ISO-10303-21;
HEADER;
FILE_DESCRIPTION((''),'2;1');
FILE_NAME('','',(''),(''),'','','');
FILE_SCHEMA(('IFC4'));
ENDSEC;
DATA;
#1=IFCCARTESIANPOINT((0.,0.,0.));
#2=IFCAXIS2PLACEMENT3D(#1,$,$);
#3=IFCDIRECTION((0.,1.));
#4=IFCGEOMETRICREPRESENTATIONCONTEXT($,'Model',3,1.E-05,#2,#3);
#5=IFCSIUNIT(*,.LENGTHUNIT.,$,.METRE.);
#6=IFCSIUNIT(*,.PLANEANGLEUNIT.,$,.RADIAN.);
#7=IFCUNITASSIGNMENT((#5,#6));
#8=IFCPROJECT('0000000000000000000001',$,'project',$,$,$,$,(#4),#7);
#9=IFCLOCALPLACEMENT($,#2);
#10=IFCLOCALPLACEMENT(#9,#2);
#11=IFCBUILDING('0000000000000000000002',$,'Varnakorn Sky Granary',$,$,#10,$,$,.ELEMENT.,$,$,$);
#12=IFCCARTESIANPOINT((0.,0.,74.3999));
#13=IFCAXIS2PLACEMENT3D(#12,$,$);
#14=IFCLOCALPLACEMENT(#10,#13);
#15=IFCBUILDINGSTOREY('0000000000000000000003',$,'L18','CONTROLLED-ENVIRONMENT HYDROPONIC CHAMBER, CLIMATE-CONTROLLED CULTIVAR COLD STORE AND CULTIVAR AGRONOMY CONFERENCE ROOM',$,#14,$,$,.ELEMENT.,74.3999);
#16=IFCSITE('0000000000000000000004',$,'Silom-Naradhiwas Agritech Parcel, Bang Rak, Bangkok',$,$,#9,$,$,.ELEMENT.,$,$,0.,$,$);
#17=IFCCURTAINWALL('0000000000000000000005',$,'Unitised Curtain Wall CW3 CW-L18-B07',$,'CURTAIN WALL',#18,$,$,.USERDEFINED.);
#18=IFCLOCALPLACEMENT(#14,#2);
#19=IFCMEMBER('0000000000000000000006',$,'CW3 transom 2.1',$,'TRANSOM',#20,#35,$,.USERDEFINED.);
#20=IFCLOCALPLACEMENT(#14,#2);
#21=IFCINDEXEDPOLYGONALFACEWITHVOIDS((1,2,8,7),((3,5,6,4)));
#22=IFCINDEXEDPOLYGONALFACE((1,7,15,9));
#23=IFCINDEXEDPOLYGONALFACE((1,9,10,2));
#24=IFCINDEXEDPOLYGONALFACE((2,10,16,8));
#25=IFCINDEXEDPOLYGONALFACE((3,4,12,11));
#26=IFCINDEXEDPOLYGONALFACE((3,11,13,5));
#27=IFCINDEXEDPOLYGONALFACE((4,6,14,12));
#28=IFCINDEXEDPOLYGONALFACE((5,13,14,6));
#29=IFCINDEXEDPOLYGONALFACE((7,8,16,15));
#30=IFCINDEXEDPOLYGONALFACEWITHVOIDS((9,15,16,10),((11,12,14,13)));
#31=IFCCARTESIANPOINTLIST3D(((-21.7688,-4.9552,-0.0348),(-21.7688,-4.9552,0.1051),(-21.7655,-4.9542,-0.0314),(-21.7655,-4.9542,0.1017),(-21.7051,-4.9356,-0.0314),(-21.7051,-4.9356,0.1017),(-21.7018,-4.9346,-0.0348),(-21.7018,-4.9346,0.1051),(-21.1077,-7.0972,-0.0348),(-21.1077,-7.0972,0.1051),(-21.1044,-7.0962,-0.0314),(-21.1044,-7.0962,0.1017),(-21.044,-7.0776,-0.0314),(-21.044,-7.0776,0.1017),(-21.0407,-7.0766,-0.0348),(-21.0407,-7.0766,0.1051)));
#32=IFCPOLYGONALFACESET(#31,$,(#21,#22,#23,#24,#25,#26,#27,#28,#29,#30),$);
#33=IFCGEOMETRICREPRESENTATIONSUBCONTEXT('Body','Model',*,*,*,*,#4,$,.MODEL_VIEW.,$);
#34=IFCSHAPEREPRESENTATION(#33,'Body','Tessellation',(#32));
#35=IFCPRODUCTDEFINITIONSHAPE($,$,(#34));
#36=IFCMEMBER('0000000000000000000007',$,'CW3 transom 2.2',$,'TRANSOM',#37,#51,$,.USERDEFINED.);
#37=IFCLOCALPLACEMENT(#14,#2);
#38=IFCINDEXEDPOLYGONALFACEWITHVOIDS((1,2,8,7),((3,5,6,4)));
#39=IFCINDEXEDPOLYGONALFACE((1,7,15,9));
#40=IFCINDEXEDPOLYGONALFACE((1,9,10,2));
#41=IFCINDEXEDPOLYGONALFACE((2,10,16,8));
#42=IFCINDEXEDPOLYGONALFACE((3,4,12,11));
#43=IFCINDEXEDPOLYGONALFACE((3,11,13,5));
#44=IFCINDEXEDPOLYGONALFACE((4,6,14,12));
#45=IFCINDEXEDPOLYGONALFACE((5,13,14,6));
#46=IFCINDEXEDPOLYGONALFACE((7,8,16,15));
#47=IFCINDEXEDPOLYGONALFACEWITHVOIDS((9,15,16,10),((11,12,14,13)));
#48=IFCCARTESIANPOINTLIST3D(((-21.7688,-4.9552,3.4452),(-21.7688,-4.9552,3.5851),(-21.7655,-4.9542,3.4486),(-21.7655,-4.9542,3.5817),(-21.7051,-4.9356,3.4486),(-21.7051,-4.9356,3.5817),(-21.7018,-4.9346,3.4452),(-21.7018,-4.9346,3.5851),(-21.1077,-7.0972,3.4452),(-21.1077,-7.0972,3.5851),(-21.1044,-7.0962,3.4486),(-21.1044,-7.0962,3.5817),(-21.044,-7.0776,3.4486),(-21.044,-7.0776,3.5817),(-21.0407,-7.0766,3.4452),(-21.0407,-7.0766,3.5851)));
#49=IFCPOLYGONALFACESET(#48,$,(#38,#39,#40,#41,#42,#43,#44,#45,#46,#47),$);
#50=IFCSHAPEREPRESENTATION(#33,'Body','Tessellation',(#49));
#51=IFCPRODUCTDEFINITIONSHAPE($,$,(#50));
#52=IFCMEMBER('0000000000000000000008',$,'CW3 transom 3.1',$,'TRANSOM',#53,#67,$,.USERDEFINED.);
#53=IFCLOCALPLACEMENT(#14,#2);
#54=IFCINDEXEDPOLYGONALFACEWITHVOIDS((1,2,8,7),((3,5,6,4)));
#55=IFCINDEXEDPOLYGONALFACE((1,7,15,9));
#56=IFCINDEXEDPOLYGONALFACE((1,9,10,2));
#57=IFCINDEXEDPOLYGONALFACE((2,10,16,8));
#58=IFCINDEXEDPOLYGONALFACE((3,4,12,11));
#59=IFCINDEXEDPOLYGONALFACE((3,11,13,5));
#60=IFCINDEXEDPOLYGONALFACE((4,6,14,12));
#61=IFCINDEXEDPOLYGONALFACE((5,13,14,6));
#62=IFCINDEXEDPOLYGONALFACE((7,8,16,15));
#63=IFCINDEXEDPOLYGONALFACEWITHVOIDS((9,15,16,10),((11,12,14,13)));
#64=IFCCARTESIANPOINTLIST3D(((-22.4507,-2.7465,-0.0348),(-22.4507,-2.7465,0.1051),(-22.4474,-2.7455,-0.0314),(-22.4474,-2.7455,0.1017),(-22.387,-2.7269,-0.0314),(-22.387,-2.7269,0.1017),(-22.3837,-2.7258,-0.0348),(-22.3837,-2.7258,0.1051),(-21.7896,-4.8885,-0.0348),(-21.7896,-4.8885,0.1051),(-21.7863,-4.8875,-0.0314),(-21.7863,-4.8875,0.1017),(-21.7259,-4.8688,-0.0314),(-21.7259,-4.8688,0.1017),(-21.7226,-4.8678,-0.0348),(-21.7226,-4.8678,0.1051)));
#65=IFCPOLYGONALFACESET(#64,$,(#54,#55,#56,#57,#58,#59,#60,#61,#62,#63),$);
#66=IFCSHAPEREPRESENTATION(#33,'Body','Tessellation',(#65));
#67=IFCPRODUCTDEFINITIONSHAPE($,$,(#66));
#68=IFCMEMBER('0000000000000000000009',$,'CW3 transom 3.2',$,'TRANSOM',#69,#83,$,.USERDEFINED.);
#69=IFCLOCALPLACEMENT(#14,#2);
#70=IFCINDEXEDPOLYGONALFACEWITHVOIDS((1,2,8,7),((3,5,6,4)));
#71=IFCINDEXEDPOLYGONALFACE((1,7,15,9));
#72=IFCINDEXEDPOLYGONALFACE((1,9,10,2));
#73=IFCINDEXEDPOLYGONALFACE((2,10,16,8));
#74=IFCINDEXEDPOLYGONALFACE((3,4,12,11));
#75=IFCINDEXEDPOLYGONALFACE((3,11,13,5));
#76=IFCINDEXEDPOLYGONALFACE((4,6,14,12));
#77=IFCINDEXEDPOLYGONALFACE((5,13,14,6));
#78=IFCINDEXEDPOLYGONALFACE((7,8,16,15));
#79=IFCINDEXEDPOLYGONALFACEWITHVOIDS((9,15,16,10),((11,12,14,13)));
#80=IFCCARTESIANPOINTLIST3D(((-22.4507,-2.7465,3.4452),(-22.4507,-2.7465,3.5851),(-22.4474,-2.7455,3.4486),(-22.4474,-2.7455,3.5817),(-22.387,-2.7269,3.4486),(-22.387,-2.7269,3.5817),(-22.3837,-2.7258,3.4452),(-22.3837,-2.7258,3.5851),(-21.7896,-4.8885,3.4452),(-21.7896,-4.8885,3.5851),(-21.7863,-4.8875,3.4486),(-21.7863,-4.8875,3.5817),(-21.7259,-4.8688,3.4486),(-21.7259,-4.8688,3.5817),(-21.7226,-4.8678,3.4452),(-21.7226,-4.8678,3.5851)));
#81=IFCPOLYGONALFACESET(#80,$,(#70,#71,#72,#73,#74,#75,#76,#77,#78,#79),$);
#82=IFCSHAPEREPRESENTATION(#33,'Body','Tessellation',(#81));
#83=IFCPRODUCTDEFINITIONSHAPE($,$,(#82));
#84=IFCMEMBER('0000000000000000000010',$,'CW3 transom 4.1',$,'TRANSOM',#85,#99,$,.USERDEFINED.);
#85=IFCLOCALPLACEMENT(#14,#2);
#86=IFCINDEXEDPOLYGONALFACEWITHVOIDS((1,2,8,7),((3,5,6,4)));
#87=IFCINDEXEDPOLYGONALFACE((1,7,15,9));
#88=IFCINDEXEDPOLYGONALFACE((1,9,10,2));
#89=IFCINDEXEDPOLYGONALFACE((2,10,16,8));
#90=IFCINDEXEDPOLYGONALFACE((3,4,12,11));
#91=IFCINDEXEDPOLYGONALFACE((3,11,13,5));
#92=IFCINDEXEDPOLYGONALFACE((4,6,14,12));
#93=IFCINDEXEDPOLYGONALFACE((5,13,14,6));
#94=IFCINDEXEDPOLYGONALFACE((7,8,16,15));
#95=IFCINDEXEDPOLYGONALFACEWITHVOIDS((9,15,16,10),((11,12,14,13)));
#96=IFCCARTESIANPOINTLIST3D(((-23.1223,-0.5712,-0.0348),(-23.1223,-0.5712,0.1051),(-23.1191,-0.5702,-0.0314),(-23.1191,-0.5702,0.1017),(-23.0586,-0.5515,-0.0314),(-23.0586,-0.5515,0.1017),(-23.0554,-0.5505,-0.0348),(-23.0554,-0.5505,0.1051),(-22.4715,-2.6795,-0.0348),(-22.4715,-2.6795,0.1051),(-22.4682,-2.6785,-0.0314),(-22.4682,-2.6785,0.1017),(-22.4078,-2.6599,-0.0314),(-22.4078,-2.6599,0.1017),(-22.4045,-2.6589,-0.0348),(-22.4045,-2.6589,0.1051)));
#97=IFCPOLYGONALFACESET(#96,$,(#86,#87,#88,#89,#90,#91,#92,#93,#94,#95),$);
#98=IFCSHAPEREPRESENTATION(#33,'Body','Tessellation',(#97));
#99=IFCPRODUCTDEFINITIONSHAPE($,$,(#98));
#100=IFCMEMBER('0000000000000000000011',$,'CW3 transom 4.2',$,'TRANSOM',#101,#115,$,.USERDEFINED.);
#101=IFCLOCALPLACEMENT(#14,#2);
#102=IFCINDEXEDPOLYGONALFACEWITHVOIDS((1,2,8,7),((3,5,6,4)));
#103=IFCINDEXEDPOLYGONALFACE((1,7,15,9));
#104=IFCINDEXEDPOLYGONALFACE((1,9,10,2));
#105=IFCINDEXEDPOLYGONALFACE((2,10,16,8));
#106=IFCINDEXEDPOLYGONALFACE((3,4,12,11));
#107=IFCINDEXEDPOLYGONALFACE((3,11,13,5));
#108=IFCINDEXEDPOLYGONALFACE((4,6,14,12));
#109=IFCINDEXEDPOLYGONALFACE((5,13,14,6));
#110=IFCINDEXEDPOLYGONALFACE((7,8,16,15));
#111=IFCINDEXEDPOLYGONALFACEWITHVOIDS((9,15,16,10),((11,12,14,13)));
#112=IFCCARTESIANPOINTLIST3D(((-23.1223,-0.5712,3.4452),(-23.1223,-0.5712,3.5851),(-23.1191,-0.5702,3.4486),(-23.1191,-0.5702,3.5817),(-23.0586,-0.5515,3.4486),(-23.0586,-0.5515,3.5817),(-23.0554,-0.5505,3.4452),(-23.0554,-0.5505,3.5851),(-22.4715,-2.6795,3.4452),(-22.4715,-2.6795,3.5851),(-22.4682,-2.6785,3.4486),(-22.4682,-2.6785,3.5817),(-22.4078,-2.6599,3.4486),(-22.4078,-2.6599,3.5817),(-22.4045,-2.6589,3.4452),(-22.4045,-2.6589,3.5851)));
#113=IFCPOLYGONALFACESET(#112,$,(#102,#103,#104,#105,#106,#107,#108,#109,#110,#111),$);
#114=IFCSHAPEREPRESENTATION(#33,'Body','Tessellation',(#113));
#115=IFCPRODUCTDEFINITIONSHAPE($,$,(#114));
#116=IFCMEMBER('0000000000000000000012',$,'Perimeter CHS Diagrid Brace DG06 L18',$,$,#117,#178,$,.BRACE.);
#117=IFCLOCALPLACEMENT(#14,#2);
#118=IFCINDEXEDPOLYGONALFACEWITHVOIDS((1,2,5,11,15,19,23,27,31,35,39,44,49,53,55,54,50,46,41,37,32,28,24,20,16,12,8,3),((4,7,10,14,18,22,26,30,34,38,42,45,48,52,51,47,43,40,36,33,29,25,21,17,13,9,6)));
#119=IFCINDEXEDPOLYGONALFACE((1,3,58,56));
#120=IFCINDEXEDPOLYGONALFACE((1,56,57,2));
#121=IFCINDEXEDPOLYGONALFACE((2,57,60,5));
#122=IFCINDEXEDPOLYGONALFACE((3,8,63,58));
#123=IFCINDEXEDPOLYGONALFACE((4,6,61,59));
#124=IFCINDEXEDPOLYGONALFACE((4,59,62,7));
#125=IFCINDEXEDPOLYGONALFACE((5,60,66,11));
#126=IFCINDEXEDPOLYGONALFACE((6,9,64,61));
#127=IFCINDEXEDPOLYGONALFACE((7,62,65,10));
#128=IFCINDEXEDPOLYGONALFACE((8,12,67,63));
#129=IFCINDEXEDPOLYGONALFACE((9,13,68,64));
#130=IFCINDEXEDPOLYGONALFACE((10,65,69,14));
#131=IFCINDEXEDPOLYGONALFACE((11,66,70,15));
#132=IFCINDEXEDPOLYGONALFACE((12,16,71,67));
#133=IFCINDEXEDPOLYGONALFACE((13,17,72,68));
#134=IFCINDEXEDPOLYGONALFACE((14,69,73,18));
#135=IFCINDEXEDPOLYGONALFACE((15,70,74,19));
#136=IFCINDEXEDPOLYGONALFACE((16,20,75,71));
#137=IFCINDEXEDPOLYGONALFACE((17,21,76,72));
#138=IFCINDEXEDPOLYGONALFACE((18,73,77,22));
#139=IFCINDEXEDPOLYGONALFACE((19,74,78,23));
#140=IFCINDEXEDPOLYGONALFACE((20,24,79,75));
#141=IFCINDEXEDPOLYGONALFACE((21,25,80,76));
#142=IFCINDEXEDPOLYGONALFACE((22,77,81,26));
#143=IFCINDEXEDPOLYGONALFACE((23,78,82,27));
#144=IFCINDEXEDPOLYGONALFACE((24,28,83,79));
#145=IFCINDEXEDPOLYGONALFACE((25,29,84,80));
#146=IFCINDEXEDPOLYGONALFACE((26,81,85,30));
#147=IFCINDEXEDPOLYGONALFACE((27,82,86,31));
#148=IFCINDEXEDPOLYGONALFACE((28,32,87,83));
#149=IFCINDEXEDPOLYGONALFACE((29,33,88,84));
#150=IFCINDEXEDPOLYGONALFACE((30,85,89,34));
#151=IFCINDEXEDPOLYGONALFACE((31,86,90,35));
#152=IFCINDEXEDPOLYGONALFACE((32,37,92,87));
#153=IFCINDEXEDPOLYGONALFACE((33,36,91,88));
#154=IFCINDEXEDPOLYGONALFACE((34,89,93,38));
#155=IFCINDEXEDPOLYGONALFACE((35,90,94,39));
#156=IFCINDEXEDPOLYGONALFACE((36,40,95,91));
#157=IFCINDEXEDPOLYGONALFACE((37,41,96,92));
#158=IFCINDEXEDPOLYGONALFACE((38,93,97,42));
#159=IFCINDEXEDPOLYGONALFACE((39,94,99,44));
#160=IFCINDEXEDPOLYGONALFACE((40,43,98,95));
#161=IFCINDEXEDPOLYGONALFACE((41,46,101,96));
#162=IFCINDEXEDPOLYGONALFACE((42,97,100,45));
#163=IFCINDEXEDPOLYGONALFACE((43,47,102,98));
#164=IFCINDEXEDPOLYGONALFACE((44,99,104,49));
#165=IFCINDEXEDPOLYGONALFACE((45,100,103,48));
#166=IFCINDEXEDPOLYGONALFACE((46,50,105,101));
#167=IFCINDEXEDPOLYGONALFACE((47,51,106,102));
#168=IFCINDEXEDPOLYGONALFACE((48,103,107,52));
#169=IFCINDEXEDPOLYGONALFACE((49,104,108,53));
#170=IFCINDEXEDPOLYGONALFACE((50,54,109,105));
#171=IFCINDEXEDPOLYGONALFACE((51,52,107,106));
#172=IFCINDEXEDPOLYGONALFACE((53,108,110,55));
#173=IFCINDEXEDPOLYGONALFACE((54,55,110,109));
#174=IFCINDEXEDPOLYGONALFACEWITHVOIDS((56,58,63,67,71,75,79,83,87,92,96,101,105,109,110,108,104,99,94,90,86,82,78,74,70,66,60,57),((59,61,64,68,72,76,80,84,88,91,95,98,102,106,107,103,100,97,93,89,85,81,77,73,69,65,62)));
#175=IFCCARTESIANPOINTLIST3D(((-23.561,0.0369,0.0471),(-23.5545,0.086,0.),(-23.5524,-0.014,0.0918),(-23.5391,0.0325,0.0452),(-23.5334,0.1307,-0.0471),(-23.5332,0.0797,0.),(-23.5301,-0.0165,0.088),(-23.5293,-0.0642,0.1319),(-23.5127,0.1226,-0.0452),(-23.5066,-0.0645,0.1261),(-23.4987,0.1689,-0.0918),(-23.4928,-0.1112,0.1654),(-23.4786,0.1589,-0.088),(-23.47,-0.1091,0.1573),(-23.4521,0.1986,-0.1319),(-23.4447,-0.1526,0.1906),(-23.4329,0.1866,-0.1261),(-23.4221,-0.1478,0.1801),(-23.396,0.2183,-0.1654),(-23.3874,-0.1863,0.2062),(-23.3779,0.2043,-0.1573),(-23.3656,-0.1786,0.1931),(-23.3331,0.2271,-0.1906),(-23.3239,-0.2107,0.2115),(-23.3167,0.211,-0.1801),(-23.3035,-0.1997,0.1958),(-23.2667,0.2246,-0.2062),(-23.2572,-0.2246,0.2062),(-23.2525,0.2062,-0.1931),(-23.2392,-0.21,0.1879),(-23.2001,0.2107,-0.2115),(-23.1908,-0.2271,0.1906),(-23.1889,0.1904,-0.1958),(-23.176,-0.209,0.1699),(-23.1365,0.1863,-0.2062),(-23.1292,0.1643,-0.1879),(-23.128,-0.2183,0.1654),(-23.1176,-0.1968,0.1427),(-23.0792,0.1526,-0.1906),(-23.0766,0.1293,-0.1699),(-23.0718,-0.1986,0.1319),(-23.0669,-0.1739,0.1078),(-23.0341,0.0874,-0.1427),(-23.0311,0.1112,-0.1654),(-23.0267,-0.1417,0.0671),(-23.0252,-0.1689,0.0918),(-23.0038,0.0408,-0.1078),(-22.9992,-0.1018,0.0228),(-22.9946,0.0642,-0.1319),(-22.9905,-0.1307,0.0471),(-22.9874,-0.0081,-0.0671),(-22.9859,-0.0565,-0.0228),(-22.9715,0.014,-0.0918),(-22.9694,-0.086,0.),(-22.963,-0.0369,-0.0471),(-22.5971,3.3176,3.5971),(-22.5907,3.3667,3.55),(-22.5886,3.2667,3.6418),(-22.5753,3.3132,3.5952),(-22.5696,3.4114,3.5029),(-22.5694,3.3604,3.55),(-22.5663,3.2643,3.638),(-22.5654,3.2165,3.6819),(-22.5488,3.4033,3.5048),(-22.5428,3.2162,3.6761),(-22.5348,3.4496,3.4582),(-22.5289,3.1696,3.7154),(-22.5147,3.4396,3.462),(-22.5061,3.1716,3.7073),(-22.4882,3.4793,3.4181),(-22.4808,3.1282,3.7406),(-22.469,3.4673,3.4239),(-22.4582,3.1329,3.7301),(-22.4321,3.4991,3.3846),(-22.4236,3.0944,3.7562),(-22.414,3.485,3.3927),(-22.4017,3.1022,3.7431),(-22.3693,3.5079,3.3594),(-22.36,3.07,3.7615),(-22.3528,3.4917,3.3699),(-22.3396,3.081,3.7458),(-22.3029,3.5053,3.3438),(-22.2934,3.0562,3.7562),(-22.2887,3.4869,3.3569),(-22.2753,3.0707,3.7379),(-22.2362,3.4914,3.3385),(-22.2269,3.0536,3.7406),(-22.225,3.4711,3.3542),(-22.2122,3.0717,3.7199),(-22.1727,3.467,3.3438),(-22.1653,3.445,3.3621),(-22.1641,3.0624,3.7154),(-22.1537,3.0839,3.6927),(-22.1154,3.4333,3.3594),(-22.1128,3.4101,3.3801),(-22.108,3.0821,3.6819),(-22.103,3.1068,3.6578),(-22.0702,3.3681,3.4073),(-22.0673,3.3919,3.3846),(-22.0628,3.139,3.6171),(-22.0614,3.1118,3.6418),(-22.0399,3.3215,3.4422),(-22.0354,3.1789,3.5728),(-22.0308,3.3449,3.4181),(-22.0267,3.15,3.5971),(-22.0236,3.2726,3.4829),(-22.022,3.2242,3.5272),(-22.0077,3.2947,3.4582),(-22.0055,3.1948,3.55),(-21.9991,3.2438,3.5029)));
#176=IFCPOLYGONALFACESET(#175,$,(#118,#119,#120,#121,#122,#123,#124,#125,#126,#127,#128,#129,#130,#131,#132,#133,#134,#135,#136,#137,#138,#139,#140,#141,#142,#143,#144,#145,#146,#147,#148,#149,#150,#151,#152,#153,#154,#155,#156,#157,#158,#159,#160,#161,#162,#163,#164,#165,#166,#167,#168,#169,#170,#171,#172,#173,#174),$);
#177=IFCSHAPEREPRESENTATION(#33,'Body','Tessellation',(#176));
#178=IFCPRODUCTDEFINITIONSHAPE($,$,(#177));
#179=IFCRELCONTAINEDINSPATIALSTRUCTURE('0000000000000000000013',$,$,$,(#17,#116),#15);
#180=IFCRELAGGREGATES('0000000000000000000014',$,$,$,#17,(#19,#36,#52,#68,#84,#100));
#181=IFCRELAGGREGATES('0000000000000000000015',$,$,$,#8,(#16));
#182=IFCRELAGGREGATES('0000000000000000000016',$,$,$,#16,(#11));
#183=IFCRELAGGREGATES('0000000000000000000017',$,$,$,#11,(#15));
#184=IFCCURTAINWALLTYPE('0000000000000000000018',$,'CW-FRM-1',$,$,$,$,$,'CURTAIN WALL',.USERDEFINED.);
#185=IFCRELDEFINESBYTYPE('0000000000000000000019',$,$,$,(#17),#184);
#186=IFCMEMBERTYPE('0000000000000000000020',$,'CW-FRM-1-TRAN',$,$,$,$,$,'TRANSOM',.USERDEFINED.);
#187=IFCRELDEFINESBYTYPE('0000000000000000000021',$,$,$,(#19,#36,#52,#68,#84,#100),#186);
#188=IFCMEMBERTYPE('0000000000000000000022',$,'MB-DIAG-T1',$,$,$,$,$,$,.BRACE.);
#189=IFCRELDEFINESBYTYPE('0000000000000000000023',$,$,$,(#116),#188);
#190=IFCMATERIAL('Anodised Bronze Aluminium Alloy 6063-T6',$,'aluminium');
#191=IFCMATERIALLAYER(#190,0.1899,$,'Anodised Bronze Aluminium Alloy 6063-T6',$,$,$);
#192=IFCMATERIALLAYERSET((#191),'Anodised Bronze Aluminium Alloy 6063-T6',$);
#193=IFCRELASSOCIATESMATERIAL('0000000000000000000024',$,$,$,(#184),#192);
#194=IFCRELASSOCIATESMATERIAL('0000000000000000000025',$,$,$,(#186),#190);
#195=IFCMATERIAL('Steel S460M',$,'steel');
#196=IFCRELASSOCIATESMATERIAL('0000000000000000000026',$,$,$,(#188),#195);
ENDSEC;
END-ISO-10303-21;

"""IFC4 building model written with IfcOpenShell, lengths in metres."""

from ifc_helpers import new_model, si_unit, direction, frame, origin, origin_2d, place, context, subcontext, project, spatial, hollow_rectangle, hollow_circle, extrude, material, layer, layer_set, material_profile, profile_set, type_object, element, aggregate, save


model = new_model("IFC4")

# Units and contexts
model_context = context("Model", 3, precision=1e-05, world=origin(), true_north=direction((0.0, 1.0)))
body_context = subcontext(model_context, "Body", "Model", "MODEL_VIEW")
ifc_project = project(units=[si_unit("LENGTHUNIT", "METRE"), si_unit("PLANEANGLEUNIT", "RADIAN")], contexts=[model_context])

# Site, building, storey
site_placement = place(None, origin())
site = spatial("IfcSite", under=ifc_project, at=site_placement, Name="Silom-Naradhiwas Agritech Parcel, Bang Rak, Bangkok", CompositionType="ELEMENT", RefElevation=0.0)
building_placement = place(site_placement, origin())
building = spatial("IfcBuilding", under=site, at=building_placement, Name="Varnakorn Sky Granary", CompositionType="ELEMENT")
storey_placement = place(building_placement, frame((0.0, 0.0, 74.3999)))
storey = spatial("IfcBuildingStorey", under=building, at=storey_placement, Name="L18", Description="CONTROLLED-ENVIRONMENT HYDROPONIC CHAMBER, CLIMATE-CONTROLLED CULTIVAR COLD STORE AND CULTIVAR AGRONOMY CONFERENCE ROOM", CompositionType="ELEMENT", Elevation=74.3999)

# Shared definitions
ifc_material_1 = material(Name="Steel S460M", Category="steel")

# Curtain wall, members
ifc_material_2 = material(Name="Anodised Bronze Aluminium Alloy 6063-T6", Category="aluminium")
ifc_layer_1 = layer(ifc_material_2, 0.1899, Name="Anodised Bronze Aluminium Alloy 6063-T6")
ifc_layer_set_1 = layer_set([ifc_layer_1], Name="Anodised Bronze Aluminium Alloy 6063-T6")
curtain_wall_type = type_object("IfcCurtainWallType", Name="CW-FRM-1", ElementType="CURTAIN WALL", PredefinedType="USERDEFINED", material=ifc_layer_set_1)
curtain_wall_placement = place(storey_placement, origin())
curtain_wall = element("IfcCurtainWall", 1, at=curtain_wall_placement, inside=storey, type_object=curtain_wall_type, Name="Unitised Curtain Wall CW3 CW-L18-B07", ObjectType="CURTAIN WALL", PredefinedType="USERDEFINED")
ifc_material_profile_1 = material_profile(ifc_material_2, hollow_rectangle(XDim=0.0701, YDim=0.1399, WallThickness=0.0034, at=origin_2d()), Name="ALU TRAN 70x140")
ifc_profile_set_1 = profile_set([ifc_material_profile_1], Name="Anodised Bronze Aluminium Alloy 6063-T6")
member_type_1 = type_object("IfcMemberType", Name="CW-FRM-1-TRAN", ElementType="TRANSOM", PredefinedType="USERDEFINED", material=ifc_profile_set_1)
member_1_placement = place(storey_placement, frame((-21.0742, -7.0869, 0.0352), z_axis=(-0.294912, 0.955524, 0.0), x_axis=(-0.955524, -0.294912, 0.0)))
member_1 = element("IfcMember", 2, at=member_1_placement, type_object=member_type_1, Name="CW3 transom 2.1", ObjectType="TRANSOM", PredefinedType="USERDEFINED", context=body_context, shape_type="SweptSolid", body=[
    extrude(hollow_rectangle(XDim=0.0701, YDim=0.1399, WallThickness=0.0034, at=origin_2d()), origin(), (0.0, 0.0, 1.0), 2.2417),
])
member_2_placement = place(storey_placement, frame((-21.0742, -7.0869, 3.5151), z_axis=(-0.294912, 0.955524, 0.0), x_axis=(-0.955524, -0.294912, 0.0)))
member_2 = element("IfcMember", 3, at=member_2_placement, type_object=member_type_1, Name="CW3 transom 2.2", ObjectType="TRANSOM", PredefinedType="USERDEFINED", context=body_context, shape_type="SweptSolid", body=[
    extrude(hollow_rectangle(XDim=0.0701, YDim=0.1399, WallThickness=0.0034, at=origin_2d()), origin(), (0.0, 0.0, 1.0), 2.2417),
])
member_3_placement = place(storey_placement, frame((-21.7561, -4.8782, 0.0352), z_axis=(-0.294912, 0.955524, 0.0), x_axis=(-0.955524, -0.294912, 0.0)))
member_3 = element("IfcMember", 4, at=member_3_placement, type_object=member_type_1, Name="CW3 transom 3.1", ObjectType="TRANSOM", PredefinedType="USERDEFINED", context=body_context, shape_type="SweptSolid", body=[
    extrude(hollow_rectangle(XDim=0.0701, YDim=0.1399, WallThickness=0.0034, at=origin_2d()), origin(), (0.0, 0.0, 1.0), 2.2417),
])
member_4_placement = place(storey_placement, frame((-21.7561, -4.8782, 3.5151), z_axis=(-0.294912, 0.955524, 0.0), x_axis=(-0.955524, -0.294912, 0.0)))
member_4 = element("IfcMember", 5, at=member_4_placement, type_object=member_type_1, Name="CW3 transom 3.2", ObjectType="TRANSOM", PredefinedType="USERDEFINED", context=body_context, shape_type="SweptSolid", body=[
    extrude(hollow_rectangle(XDim=0.0701, YDim=0.1399, WallThickness=0.0034, at=origin_2d()), origin(), (0.0, 0.0, 1.0), 2.2417),
])
member_5_placement = place(storey_placement, frame((-22.438, -2.6692, 0.0352), z_axis=(-0.294972, 0.955506, 0.0), x_axis=(-0.955506, -0.294972, 0.0)))
member_5 = element("IfcMember", 6, at=member_5_placement, type_object=member_type_1, Name="CW3 transom 4.1", ObjectType="TRANSOM", PredefinedType="USERDEFINED", context=body_context, shape_type="SweptSolid", body=[
    extrude(hollow_rectangle(XDim=0.0701, YDim=0.1399, WallThickness=0.0034, at=origin_2d()), origin(), (0.0, 0.0, 1.0), 2.2065),
])
member_6_placement = place(storey_placement, frame((-22.438, -2.6692, 3.5151), z_axis=(-0.294972, 0.955506, 0.0), x_axis=(-0.955506, -0.294972, 0.0)))
member_6 = element("IfcMember", 7, at=member_6_placement, type_object=member_type_1, Name="CW3 transom 4.2", ObjectType="TRANSOM", PredefinedType="USERDEFINED", context=body_context, shape_type="SweptSolid", body=[
    extrude(hollow_rectangle(XDim=0.0701, YDim=0.1399, WallThickness=0.0034, at=origin_2d()), origin(), (0.0, 0.0, 1.0), 2.2065),
])

# Member
ifc_material_profile_2 = material_profile(ifc_material_1, hollow_circle(Radius=0.3049, WallThickness=0.0222, at=origin_2d()), Name="CHS 610x22")
ifc_profile_set_2 = profile_set([ifc_material_profile_2], Name="Steel S460M")
member_type_2 = type_object("IfcMemberType", Name="MB-DIAG-T1", PredefinedType="BRACE", material=ifc_profile_set_2)
for number, where, z_axis, x_axis, name in (
    (8, (-23.262, 0.0, 0.0), (0.195549, 0.665601, 0.720234), (-0.95945, 0.28188, 0.0), "Perimeter CHS Diagrid Brace DG06 L18"),
):
    element("IfcMember", number, at=place(storey_placement, frame(where, z_axis=z_axis, x_axis=x_axis)), inside=storey, type_object=member_type_2, Name=name, PredefinedType="BRACE", context=body_context, shape_type="SweptSolid", body=[
        extrude(hollow_circle(Radius=0.3049, WallThickness=0.0222, at=origin_2d()), origin(), (0.0, 0.0, 1.0), 4.929),
    ])

aggregate(curtain_wall, [member_1, member_2, member_3, member_4, member_5, member_6])

save(model, "model.ifc")
